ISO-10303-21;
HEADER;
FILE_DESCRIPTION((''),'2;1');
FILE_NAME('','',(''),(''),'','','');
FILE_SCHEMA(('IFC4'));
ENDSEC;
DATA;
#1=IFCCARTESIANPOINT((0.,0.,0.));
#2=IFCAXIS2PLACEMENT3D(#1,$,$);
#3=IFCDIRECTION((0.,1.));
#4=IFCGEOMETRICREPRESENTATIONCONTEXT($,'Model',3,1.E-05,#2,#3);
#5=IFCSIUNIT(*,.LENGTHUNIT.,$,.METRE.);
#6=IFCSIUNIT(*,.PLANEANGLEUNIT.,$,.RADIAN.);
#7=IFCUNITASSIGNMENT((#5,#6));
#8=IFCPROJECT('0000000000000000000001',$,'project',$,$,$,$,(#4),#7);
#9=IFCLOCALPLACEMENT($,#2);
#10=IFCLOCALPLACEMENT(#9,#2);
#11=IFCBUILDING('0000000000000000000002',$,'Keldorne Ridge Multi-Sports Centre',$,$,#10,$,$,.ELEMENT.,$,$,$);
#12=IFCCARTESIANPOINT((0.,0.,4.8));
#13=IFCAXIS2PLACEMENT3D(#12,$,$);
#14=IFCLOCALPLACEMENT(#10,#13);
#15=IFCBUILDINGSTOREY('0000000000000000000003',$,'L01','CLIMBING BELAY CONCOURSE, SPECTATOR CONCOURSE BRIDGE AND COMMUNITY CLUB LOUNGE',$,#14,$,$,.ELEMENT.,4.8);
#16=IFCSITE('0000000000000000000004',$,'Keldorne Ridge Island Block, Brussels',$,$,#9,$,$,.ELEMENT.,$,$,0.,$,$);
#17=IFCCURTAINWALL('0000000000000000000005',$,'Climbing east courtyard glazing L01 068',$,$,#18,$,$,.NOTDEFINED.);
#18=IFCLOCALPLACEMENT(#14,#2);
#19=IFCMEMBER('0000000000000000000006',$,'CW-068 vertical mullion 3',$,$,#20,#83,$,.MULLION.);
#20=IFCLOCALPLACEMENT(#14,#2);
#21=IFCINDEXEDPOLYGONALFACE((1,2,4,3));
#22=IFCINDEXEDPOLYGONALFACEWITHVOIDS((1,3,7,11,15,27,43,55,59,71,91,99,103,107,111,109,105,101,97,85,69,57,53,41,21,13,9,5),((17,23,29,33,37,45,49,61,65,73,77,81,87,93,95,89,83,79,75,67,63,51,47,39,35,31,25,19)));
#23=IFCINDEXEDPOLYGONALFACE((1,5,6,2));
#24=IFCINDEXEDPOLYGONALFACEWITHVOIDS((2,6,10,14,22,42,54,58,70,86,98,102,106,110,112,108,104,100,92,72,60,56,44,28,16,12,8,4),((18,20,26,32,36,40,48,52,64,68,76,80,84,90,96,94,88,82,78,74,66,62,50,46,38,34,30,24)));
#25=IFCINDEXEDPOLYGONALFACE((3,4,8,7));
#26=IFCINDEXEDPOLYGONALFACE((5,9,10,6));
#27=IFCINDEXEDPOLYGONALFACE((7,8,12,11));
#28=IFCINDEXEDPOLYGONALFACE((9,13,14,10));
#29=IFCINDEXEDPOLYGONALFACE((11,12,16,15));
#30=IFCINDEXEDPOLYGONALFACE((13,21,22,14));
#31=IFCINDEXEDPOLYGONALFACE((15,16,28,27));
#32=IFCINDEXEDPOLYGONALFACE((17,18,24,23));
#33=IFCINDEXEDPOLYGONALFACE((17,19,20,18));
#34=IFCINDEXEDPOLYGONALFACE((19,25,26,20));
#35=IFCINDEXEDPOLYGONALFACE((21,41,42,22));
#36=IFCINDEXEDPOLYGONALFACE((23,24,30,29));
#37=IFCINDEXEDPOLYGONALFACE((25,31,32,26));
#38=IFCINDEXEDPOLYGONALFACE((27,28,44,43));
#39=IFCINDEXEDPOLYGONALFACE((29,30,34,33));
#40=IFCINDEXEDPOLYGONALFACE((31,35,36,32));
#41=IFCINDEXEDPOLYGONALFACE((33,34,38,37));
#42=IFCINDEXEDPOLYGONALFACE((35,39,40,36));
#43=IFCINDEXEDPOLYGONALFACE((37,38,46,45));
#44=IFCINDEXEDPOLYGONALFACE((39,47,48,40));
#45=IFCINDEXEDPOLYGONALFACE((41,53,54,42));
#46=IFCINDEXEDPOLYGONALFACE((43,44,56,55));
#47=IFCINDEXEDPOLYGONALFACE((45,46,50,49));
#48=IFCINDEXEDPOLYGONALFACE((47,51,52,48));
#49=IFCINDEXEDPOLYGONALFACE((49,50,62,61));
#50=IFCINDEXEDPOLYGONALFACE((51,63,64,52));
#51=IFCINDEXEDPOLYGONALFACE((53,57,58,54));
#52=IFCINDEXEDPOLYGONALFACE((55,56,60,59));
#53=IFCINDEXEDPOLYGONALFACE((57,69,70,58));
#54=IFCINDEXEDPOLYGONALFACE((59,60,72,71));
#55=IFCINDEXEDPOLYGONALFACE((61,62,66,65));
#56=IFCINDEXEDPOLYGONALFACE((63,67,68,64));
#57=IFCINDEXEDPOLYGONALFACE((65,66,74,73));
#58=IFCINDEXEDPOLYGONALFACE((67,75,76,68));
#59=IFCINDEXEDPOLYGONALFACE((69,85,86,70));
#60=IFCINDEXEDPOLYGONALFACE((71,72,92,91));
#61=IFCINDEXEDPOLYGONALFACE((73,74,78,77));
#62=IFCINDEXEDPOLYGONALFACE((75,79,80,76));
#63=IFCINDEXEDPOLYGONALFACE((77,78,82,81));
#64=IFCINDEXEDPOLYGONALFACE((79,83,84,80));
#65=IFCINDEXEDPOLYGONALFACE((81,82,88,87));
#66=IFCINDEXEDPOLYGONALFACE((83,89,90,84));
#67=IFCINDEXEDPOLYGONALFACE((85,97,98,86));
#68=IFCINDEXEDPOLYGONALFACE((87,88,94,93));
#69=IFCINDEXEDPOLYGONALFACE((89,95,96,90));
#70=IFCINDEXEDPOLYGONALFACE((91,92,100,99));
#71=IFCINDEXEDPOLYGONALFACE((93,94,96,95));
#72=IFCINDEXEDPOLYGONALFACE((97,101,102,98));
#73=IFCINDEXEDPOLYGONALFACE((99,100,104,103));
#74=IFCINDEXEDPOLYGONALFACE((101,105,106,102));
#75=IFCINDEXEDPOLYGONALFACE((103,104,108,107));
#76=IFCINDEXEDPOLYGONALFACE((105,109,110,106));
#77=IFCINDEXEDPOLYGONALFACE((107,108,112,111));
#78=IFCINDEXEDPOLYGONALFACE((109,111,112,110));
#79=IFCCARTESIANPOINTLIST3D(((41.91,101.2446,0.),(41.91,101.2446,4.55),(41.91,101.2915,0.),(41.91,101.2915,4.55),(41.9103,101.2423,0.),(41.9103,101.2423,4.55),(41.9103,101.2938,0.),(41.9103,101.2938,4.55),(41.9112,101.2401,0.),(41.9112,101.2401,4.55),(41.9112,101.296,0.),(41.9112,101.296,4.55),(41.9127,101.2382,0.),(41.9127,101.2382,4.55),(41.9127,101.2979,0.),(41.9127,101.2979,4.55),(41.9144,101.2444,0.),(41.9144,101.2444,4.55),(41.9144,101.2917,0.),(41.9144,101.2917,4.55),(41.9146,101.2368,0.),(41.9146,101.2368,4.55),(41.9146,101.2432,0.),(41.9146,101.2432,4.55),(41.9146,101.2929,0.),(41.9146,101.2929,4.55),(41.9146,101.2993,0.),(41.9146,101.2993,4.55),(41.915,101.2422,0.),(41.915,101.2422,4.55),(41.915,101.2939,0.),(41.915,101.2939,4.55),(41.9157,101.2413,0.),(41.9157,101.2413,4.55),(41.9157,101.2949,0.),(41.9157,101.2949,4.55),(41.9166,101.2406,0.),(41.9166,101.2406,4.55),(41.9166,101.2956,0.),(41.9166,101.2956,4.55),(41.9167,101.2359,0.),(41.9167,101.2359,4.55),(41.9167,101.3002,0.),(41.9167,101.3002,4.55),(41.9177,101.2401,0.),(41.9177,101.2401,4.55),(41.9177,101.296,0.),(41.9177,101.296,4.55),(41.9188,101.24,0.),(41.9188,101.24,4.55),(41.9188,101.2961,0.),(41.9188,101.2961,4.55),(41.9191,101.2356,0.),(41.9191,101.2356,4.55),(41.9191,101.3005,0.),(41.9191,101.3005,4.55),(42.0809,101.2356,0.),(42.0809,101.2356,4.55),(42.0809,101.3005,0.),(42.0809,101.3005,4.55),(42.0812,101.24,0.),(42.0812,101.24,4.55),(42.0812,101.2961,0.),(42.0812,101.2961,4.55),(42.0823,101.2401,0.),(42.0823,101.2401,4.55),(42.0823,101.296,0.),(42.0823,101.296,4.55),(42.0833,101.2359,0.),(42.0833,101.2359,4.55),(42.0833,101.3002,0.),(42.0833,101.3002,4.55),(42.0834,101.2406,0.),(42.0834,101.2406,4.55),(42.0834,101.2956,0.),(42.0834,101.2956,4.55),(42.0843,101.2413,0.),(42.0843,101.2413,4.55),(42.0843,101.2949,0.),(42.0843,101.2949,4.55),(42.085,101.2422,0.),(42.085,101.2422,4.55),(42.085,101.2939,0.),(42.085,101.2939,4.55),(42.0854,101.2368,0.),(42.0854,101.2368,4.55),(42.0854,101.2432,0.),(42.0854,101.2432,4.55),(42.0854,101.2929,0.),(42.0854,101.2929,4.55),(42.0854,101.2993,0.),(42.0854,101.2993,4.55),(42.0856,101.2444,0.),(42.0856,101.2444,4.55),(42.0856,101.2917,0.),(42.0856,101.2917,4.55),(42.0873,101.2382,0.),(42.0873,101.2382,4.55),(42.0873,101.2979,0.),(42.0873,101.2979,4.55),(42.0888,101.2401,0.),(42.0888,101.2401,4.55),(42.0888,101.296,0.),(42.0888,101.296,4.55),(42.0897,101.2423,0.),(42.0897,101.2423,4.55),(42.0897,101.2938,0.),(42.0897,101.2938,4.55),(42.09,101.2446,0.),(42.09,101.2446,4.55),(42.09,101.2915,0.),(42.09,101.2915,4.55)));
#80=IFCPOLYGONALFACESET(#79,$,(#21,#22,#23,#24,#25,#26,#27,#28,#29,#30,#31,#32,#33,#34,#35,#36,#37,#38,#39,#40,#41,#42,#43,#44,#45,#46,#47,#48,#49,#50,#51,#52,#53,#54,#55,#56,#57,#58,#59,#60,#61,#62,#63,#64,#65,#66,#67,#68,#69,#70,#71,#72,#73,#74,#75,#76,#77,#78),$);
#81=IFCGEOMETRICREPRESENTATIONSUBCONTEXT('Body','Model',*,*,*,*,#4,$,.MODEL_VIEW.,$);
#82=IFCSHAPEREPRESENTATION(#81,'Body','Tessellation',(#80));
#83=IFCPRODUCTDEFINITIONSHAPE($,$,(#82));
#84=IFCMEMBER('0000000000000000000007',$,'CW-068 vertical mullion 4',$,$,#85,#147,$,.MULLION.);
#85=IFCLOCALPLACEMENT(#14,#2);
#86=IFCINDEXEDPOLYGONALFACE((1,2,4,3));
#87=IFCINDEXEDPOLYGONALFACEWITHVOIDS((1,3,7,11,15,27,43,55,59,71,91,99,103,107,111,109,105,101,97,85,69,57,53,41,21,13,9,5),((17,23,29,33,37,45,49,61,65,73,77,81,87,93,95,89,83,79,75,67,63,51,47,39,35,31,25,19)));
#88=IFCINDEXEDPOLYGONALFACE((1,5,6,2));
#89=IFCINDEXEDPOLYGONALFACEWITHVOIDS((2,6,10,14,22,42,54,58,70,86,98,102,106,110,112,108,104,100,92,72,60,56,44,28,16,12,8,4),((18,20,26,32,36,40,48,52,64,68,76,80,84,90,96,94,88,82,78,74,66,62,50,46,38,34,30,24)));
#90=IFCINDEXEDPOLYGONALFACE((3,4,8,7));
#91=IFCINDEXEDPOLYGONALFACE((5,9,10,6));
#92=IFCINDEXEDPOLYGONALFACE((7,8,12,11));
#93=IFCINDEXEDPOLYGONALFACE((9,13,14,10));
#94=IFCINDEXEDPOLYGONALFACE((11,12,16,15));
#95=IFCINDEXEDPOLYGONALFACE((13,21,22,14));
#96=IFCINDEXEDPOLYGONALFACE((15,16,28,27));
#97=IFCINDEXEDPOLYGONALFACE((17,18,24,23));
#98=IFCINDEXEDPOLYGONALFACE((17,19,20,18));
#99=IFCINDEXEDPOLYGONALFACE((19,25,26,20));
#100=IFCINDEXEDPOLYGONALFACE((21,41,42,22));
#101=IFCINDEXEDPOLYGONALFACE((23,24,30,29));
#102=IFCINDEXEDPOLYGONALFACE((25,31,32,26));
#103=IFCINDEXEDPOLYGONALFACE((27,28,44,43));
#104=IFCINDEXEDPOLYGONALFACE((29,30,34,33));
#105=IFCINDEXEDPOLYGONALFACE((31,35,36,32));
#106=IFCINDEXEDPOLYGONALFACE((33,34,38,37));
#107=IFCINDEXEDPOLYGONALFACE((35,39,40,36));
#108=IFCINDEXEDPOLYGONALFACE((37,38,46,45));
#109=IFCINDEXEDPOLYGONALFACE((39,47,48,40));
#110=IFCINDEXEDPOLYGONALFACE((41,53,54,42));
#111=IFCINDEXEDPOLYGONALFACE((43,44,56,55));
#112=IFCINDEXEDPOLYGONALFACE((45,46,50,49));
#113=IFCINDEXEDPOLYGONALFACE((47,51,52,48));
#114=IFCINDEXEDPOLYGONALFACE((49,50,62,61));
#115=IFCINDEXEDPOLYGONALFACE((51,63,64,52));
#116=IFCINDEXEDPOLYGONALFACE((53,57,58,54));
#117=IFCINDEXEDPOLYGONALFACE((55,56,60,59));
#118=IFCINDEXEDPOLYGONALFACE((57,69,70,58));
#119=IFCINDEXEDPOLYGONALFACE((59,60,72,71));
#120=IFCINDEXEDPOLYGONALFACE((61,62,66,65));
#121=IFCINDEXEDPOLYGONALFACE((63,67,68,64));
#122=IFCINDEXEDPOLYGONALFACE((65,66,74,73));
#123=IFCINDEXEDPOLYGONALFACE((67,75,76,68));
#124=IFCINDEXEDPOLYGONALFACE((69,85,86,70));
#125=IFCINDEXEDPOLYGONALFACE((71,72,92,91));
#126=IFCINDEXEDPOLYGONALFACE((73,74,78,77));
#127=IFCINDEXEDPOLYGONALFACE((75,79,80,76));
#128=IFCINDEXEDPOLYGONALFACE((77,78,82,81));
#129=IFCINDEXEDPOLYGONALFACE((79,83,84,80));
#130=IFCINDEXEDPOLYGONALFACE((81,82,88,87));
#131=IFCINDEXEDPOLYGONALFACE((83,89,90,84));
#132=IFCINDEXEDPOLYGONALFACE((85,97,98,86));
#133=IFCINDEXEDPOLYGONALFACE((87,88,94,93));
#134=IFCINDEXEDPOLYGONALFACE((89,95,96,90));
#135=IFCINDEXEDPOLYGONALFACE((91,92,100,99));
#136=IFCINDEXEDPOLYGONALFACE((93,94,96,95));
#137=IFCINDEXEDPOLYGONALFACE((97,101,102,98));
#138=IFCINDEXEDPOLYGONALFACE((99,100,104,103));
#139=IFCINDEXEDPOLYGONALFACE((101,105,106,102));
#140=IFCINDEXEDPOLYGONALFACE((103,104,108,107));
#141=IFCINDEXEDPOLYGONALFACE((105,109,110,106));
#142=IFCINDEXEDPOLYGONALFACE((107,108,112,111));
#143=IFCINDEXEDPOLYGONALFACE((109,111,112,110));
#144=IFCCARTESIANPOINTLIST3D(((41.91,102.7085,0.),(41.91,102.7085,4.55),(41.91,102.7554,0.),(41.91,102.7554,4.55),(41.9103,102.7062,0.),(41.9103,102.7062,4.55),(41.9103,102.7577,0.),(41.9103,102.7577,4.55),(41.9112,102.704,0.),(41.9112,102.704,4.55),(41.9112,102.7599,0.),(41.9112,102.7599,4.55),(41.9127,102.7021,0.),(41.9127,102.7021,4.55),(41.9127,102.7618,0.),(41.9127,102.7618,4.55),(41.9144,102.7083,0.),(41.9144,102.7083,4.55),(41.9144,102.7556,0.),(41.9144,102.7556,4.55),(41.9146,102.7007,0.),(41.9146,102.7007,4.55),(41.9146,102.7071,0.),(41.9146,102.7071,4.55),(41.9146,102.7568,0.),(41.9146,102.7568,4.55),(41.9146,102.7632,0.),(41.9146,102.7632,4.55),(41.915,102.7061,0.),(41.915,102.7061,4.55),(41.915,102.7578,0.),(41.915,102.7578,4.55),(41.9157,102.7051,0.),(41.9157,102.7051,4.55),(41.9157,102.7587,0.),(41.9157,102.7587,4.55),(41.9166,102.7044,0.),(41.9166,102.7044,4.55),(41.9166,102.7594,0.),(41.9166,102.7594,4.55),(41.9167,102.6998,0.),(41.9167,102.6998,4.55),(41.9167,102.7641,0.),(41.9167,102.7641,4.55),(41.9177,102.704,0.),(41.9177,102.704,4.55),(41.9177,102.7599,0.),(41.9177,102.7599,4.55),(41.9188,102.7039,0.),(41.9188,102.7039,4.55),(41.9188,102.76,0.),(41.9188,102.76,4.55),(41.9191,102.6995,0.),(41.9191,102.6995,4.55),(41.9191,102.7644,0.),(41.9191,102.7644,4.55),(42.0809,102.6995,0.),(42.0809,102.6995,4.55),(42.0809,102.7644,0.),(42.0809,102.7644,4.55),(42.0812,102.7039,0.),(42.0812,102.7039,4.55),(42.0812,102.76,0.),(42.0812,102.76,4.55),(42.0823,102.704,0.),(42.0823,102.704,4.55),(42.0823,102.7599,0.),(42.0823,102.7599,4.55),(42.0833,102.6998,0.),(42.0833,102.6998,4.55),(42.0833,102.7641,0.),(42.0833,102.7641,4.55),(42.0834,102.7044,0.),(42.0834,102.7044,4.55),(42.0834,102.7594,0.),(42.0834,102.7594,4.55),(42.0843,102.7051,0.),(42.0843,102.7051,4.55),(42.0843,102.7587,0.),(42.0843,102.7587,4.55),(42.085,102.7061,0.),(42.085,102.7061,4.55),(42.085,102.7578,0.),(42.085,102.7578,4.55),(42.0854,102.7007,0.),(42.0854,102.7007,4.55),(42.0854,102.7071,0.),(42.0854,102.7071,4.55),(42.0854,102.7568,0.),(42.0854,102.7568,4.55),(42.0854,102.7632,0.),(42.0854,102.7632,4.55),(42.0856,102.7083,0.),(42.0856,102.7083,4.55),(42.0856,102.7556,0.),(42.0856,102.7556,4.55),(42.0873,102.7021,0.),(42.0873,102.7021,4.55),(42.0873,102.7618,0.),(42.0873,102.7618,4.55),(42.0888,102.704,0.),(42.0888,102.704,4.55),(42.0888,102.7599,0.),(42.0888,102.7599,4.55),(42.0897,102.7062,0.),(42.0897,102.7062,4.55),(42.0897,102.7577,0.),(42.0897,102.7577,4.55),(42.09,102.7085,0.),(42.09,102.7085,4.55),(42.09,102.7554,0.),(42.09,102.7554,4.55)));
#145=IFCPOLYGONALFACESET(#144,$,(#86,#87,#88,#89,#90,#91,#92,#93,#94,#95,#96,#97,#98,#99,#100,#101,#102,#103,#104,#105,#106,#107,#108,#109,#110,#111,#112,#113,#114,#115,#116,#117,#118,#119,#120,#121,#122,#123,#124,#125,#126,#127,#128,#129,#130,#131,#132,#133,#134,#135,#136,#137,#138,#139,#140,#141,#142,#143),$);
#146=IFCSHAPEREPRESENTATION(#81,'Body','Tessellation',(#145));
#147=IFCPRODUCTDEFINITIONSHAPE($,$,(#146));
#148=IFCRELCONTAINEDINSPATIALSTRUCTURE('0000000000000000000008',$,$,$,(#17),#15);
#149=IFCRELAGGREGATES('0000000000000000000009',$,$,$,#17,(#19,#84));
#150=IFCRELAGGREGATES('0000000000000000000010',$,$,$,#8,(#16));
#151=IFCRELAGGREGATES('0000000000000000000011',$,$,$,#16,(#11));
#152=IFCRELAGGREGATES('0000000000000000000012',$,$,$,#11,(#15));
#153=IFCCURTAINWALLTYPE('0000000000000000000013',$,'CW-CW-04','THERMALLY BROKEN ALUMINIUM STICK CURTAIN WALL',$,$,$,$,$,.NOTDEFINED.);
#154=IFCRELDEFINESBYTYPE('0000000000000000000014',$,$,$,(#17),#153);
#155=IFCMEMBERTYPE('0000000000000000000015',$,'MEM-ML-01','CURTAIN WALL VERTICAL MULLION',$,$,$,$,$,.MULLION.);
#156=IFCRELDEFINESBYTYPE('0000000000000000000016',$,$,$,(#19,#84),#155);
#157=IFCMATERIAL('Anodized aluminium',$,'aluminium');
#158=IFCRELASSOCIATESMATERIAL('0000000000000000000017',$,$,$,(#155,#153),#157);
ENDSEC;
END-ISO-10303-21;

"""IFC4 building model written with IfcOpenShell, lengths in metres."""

from ifc_helpers import new_model, si_unit, direction, frame, origin, origin_2d, place, context, subcontext, project, spatial, hollow_rectangle, extrude, material, material_profile, profile_set, type_object, element, aggregate, save


model = new_model("IFC4")

# Units and contexts
model_context = context("Model", 3, precision=1e-05, world=origin(), true_north=direction((0.0, 1.0)))
body_context = subcontext(model_context, "Body", "Model", "MODEL_VIEW")
ifc_project = project(units=[si_unit("LENGTHUNIT", "METRE"), si_unit("PLANEANGLEUNIT", "RADIAN")], contexts=[model_context])

# Site, building, storey
site_placement = place(None, origin())
site = spatial("IfcSite", under=ifc_project, at=site_placement, Name="Keldorne Ridge Island Block, Brussels", CompositionType="ELEMENT", RefElevation=0.0)
building_placement = place(site_placement, origin())
building = spatial("IfcBuilding", under=site, at=building_placement, Name="Keldorne Ridge Multi-Sports Centre", CompositionType="ELEMENT")
storey_placement = place(building_placement, frame((0.0, 0.0, 4.8)))
storey = spatial("IfcBuildingStorey", under=building, at=storey_placement, Name="L01", Description="CLIMBING BELAY CONCOURSE, SPECTATOR CONCOURSE BRIDGE AND COMMUNITY CLUB LOUNGE", CompositionType="ELEMENT", Elevation=4.8)

# Shared definitions
ifc_material_1 = material(Name="Anodized aluminium", Category="aluminium")
ifc_material_profile_1 = material_profile(ifc_material_1, hollow_rectangle(XDim=0.0649, YDim=0.1799, WallThickness=0.0044, InnerFilletRadius=0.0044, OuterFilletRadius=0.009, at=origin_2d()), Name="ALU MULLION 180x65x4.5")
ifc_profile_set_1 = profile_set([ifc_material_profile_1], Name="Anodized aluminium")
member_type_1 = type_object("IfcMemberType", Name="MEM-ML-01", Description="CURTAIN WALL VERTICAL MULLION", PredefinedType="MULLION", material=ifc_profile_set_1)

# Curtain wall, members
curtain_wall_type_1 = type_object("IfcCurtainWallType", Name="CW-CW-04", Description="THERMALLY BROKEN ALUMINIUM STICK CURTAIN WALL", PredefinedType="NOTDEFINED", material=ifc_material_1)
curtain_wall_1_placement = place(storey_placement, origin())
curtain_wall_1 = element("IfcCurtainWall", 1, at=curtain_wall_1_placement, inside=storey, type_object=curtain_wall_type_1, Name="Climbing east courtyard glazing L01 068", PredefinedType="NOTDEFINED")
member_1_placement = place(storey_placement, frame((42.0, 101.2681, 0.0), z_axis=(0.0, 0.0, 1.0), x_axis=(0.0, 1.0, 0.0)))
member_1 = element("IfcMember", 2, at=member_1_placement, type_object=member_type_1, Name="CW-068 vertical mullion 3", PredefinedType="MULLION", context=body_context, shape_type="SweptSolid", body=[
    extrude(hollow_rectangle(XDim=0.0649, YDim=0.1799, WallThickness=0.0044, InnerFilletRadius=0.0044, OuterFilletRadius=0.009, at=origin_2d()), origin(), (0.0, 0.0, 1.0), 4.55),
])
member_2_placement = place(storey_placement, frame((42.0, 102.7319, 0.0), z_axis=(0.0, 0.0, 1.0), x_axis=(0.0, 1.0, 0.0)))
member_2 = element("IfcMember", 3, at=member_2_placement, type_object=member_type_1, Name="CW-068 vertical mullion 4", PredefinedType="MULLION", context=body_context, shape_type="SweptSolid", body=[
    extrude(hollow_rectangle(XDim=0.0649, YDim=0.1799, WallThickness=0.0044, InnerFilletRadius=0.0044, OuterFilletRadius=0.009, at=origin_2d()), origin(), (0.0, 0.0, 1.0), 4.55),
])

aggregate(curtain_wall_1, [member_1, member_2])

save(model, "model.ifc")
